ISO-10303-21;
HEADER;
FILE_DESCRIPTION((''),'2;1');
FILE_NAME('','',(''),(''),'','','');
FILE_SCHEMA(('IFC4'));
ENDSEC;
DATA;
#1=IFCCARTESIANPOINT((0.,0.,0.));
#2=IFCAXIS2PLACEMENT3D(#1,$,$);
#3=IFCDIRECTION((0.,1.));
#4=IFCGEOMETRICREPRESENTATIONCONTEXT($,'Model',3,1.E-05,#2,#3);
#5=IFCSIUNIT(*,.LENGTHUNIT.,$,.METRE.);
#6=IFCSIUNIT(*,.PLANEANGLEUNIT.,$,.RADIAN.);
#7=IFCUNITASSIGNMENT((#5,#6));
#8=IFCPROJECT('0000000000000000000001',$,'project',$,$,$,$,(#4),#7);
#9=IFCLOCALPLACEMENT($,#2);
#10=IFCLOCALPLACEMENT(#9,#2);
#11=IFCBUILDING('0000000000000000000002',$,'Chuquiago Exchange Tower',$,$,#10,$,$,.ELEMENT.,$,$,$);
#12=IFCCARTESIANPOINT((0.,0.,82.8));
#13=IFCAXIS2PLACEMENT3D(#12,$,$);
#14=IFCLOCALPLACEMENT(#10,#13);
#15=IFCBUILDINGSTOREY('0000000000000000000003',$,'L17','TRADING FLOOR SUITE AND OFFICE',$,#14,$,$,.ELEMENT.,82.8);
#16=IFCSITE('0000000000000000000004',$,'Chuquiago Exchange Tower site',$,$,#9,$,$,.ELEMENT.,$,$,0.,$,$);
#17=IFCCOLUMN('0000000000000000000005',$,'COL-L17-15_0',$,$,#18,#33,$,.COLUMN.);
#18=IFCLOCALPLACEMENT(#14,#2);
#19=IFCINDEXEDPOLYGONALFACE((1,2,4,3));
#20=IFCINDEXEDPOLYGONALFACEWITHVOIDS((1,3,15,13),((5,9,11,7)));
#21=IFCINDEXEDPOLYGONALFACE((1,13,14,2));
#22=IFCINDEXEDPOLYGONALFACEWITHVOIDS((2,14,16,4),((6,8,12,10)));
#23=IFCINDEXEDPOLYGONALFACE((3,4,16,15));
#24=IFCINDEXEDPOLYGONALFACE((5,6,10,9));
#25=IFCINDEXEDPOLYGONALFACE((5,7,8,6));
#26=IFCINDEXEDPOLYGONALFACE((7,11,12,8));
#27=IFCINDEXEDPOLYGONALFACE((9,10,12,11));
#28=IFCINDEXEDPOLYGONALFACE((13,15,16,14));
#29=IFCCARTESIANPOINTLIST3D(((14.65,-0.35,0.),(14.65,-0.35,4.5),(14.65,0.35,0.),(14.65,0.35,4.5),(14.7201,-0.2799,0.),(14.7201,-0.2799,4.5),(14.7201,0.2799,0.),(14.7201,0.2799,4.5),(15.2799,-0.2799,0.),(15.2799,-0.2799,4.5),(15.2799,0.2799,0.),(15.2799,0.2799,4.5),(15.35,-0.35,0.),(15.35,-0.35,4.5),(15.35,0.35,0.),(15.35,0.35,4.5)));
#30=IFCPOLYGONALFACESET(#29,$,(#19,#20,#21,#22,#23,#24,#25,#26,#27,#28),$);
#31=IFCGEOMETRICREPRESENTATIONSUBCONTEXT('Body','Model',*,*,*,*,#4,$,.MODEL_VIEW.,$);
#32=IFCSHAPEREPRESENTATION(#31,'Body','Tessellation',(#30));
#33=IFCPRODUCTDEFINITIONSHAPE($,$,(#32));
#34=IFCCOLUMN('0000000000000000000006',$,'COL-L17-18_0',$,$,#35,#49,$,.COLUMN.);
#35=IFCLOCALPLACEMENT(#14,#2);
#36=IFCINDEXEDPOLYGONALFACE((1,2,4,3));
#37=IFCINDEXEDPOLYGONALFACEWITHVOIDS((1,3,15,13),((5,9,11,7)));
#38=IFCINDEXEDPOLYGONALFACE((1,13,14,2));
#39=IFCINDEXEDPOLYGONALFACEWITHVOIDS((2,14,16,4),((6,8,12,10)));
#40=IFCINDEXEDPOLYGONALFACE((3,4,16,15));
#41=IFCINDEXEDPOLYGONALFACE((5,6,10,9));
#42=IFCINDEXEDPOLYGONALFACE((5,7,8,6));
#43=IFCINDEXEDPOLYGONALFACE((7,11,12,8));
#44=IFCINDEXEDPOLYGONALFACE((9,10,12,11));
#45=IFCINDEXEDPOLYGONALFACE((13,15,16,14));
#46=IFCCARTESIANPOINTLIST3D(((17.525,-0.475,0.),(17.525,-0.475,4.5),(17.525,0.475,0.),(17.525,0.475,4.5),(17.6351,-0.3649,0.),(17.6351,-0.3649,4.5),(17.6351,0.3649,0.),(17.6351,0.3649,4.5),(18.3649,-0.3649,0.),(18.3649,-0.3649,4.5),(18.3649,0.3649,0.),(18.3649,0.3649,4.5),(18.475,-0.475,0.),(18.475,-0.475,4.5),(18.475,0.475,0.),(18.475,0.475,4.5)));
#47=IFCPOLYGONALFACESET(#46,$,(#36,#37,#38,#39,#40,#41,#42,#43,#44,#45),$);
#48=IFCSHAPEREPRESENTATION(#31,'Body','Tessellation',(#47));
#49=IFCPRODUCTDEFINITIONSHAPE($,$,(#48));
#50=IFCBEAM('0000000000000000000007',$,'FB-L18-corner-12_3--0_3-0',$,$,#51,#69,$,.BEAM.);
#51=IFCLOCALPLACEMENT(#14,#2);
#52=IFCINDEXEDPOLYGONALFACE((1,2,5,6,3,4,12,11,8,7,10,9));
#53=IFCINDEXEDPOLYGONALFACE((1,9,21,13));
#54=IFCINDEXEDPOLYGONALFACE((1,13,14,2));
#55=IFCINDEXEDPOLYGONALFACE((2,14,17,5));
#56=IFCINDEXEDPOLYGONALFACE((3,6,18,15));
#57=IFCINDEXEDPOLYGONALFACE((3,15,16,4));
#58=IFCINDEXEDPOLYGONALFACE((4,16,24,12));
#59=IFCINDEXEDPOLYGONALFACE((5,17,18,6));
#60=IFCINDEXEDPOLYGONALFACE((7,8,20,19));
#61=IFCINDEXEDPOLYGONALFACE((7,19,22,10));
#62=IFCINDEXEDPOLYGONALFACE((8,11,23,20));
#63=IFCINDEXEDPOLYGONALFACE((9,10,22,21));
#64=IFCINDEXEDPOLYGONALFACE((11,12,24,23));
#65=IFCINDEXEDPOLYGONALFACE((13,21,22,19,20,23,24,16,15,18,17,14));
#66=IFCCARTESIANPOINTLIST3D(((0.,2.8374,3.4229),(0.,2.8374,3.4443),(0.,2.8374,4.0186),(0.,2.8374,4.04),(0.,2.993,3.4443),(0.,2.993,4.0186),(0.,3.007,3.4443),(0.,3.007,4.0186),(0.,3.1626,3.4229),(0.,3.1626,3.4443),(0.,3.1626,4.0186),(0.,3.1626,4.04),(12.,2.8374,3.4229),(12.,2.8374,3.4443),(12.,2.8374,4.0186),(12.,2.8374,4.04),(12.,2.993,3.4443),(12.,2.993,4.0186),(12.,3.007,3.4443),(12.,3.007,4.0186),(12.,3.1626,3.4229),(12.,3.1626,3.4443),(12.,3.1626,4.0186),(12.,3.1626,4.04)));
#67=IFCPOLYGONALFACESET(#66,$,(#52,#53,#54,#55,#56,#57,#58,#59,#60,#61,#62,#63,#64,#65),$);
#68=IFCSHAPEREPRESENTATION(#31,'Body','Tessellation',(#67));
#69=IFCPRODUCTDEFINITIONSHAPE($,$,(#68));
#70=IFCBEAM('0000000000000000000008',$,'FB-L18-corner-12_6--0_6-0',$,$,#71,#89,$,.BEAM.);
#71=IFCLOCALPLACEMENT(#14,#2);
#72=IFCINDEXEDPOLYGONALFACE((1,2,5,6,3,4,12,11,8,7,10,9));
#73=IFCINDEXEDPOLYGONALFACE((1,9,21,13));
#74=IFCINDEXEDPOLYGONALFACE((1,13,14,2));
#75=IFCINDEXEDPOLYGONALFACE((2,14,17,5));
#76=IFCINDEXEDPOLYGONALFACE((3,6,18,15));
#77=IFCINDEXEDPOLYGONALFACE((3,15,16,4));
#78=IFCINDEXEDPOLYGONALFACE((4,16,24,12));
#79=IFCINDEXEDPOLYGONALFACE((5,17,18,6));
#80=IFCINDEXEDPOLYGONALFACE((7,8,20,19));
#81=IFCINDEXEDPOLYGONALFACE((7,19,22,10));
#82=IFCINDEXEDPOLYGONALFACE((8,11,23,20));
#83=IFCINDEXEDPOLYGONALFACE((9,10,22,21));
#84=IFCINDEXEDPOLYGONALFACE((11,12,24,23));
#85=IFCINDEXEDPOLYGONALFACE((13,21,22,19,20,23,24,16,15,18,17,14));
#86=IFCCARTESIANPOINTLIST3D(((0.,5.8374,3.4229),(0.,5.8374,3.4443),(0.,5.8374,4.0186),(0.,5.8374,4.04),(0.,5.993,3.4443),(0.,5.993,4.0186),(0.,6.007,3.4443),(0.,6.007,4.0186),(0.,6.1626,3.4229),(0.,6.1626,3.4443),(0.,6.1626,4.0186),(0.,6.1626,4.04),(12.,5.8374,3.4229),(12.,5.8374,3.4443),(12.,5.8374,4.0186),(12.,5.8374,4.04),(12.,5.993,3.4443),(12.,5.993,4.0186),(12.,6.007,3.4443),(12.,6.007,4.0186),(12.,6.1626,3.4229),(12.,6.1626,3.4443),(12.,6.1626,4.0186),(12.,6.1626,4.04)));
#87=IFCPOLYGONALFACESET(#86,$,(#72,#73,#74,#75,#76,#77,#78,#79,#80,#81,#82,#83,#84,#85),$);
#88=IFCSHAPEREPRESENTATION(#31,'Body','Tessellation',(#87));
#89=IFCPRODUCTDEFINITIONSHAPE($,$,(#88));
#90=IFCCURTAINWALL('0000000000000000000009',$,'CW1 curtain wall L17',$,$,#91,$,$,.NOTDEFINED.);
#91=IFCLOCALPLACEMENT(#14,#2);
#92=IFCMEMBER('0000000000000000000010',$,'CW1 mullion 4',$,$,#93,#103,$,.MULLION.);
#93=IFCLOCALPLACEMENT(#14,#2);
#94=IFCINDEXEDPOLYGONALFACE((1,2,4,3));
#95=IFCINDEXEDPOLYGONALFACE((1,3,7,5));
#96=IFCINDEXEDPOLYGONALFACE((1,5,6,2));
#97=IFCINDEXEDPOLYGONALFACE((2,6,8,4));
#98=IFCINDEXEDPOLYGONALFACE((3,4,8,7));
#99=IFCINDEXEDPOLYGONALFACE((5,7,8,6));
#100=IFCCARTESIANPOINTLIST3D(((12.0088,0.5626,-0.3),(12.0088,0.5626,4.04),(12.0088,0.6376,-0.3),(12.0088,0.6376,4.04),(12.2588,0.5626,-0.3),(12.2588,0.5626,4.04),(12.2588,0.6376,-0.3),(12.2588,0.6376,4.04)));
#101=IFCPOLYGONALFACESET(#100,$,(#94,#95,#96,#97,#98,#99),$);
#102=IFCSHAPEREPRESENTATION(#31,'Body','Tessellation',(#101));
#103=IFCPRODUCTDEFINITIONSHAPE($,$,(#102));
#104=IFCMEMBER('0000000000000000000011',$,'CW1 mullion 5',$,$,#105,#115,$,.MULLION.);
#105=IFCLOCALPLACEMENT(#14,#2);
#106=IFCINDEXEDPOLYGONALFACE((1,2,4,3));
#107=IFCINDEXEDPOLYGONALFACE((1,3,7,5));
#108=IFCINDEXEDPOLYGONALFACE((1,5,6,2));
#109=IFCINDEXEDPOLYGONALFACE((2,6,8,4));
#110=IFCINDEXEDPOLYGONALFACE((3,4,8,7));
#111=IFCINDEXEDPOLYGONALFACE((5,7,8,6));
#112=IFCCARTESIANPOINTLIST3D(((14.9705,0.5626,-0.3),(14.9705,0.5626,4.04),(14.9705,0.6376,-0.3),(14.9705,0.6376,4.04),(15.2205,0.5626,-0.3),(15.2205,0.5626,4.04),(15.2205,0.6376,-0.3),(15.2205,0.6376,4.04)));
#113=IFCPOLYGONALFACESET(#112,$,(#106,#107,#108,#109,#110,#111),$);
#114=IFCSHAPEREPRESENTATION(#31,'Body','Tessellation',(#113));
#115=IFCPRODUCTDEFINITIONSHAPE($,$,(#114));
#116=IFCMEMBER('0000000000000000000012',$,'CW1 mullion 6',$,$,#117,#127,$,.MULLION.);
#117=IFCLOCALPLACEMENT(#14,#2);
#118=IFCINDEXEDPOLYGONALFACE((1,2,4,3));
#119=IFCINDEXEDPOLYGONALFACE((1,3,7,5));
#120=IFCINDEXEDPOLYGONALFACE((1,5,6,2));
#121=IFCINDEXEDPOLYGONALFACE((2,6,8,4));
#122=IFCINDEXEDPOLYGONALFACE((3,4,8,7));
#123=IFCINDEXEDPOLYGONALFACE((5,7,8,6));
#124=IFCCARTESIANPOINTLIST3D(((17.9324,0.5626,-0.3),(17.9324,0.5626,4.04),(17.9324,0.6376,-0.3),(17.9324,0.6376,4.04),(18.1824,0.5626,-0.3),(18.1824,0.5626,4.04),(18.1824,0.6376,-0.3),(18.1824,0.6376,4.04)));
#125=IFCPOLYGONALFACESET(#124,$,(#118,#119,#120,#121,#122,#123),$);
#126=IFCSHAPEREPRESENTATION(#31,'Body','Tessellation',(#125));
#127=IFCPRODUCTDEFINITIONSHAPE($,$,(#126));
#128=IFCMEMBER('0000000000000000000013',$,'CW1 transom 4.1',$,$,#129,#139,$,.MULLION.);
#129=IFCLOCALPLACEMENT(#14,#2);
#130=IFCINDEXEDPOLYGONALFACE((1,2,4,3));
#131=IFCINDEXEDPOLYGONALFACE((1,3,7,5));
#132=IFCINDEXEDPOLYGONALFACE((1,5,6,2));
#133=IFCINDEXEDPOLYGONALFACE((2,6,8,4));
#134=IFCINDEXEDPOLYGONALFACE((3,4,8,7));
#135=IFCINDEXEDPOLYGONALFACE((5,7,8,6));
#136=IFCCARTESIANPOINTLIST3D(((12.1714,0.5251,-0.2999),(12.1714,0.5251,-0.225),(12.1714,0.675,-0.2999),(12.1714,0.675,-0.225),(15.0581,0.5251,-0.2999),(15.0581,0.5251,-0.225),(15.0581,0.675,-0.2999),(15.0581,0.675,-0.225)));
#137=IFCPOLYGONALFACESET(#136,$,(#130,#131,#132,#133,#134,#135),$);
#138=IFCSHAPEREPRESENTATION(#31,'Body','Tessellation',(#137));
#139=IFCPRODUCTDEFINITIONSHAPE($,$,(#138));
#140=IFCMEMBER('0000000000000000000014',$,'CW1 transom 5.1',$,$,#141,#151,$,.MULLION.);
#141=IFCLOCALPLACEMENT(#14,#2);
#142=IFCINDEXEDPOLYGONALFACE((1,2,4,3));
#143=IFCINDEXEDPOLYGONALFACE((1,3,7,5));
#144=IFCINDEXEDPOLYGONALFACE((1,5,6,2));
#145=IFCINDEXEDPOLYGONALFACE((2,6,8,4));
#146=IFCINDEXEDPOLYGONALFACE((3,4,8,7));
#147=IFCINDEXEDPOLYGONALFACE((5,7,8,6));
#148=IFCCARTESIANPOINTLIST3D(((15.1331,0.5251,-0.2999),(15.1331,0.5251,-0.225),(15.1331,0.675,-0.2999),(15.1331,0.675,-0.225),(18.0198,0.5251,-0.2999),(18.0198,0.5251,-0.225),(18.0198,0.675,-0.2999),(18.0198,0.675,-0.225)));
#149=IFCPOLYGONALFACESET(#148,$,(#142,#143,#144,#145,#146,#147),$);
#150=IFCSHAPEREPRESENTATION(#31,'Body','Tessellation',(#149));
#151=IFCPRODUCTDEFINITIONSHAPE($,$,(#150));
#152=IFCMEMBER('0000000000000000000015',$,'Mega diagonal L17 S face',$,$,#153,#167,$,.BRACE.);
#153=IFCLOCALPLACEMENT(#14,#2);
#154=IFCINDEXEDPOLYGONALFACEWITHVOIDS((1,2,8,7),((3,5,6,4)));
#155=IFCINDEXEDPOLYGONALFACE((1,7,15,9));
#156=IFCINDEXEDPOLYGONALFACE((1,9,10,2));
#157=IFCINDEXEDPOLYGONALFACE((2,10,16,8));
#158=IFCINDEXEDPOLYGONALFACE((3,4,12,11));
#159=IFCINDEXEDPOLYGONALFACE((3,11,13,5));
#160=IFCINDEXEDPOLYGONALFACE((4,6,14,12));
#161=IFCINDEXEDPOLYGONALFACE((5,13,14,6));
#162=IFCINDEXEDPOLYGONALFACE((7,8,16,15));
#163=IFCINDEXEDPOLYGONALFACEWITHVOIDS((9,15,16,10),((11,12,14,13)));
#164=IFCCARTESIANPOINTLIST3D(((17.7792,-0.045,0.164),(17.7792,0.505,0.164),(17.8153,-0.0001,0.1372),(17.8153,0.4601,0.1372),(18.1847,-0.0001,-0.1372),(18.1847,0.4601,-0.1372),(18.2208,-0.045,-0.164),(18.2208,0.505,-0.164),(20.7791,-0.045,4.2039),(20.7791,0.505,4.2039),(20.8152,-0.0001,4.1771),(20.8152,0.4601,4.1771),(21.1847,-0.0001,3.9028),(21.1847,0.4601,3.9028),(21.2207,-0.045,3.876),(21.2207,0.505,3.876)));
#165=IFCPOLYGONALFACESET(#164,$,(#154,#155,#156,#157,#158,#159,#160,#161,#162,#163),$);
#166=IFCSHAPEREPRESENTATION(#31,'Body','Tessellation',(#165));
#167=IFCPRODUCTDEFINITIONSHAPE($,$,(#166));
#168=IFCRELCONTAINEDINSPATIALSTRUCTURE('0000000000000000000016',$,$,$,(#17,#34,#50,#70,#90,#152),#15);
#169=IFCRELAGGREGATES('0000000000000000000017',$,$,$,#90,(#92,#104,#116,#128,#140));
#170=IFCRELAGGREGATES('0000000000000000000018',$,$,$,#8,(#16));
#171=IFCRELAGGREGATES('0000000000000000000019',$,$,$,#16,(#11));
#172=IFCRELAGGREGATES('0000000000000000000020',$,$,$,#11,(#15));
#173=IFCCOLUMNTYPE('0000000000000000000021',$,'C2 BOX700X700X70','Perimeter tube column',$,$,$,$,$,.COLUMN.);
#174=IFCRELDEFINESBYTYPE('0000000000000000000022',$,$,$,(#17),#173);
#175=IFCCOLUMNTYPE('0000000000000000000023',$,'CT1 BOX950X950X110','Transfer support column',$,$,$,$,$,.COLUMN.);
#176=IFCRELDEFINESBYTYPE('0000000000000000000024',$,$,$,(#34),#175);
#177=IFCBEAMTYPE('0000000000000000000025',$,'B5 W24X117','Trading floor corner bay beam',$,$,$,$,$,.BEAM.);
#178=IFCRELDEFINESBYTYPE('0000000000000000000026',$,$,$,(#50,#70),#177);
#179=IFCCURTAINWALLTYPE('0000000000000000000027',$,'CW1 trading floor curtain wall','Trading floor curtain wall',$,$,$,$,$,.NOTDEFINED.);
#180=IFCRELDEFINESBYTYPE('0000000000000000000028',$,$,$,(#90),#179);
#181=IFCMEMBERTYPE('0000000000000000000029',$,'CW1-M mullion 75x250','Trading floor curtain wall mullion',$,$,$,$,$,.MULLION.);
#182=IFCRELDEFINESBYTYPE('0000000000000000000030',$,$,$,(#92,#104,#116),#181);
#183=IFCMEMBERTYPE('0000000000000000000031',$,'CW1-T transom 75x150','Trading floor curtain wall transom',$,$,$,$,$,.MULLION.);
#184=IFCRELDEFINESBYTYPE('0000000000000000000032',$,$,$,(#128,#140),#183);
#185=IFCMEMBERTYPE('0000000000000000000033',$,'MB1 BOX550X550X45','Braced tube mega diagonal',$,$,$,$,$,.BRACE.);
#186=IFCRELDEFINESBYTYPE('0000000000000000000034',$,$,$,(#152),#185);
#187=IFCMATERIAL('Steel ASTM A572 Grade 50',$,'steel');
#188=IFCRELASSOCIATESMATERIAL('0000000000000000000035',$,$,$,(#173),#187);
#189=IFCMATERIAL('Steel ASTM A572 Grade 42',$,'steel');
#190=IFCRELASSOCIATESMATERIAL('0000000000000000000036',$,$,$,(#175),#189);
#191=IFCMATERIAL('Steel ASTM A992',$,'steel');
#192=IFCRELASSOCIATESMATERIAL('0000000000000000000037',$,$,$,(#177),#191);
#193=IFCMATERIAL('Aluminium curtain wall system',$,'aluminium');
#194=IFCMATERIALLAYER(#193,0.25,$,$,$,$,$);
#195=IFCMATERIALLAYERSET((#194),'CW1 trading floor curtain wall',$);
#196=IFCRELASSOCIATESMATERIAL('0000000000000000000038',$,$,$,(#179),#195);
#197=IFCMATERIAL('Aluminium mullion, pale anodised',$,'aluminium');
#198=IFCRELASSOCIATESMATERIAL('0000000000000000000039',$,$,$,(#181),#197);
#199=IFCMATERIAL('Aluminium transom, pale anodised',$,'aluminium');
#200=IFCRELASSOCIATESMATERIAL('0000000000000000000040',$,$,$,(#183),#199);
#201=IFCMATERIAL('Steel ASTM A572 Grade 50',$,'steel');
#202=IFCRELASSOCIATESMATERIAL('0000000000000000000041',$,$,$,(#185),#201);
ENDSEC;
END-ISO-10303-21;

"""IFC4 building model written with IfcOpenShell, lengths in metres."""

from ifc_helpers import new_model, si_unit, direction, frame, origin, origin_2d, place, context, subcontext, project, spatial, rectangle, hollow_rectangle, i_section, extrude, material, layer, layer_set, material_profile, profile_set, type_object, element, aggregate, save


model = new_model("IFC4")

# Units and contexts
model_context = context("Model", 3, precision=1e-05, world=origin(), true_north=direction((0.0, 1.0)))
body_context = subcontext(model_context, "Body", "Model", "MODEL_VIEW")
ifc_project = project(units=[si_unit("LENGTHUNIT", "METRE"), si_unit("PLANEANGLEUNIT", "RADIAN")], contexts=[model_context])

# Site, building, storey
site_placement = place(None, origin())
site = spatial("IfcSite", under=ifc_project, at=site_placement, Name="Chuquiago Exchange Tower site", CompositionType="ELEMENT", RefElevation=0.0)
building_placement = place(site_placement, origin())
building = spatial("IfcBuilding", under=site, at=building_placement, Name="Chuquiago Exchange Tower", CompositionType="ELEMENT")
storey_placement = place(building_placement, frame((0.0, 0.0, 82.8)))
storey = spatial("IfcBuildingStorey", under=building, at=storey_placement, Name="L17", Description="TRADING FLOOR SUITE AND OFFICE", CompositionType="ELEMENT", Elevation=82.8)

# Columns
ifc_material_1 = material(Name="Steel ASTM A572 Grade 50", Category="steel")
ifc_material_profile_1 = material_profile(ifc_material_1, hollow_rectangle(XDim=0.7, YDim=0.7, WallThickness=0.0701, at=origin_2d()), Name="BOX700X700X70")
ifc_profile_set_1 = profile_set([ifc_material_profile_1], Name="Steel ASTM A572 Grade 50")
column_type_1 = type_object("IfcColumnType", Name="C2 BOX700X700X70", Description="Perimeter tube column", PredefinedType="COLUMN", material=ifc_profile_set_1)
column_1_placement = place(storey_placement, frame((15.0, 0.0, 0.0), z_axis=(0.0, 0.0, 1.0), x_axis=(0.0, -1.0, 0.0)))
element("IfcColumn", 1, at=column_1_placement, inside=storey, type_object=column_type_1, Name="COL-L17-15_0", PredefinedType="COLUMN", context=body_context, shape_type="SweptSolid", body=[
    extrude(hollow_rectangle(XDim=0.7, YDim=0.7, WallThickness=0.0701, at=origin_2d()), origin(), (0.0, 0.0, 1.0), 4.5),
])
ifc_material_2 = material(Name="Steel ASTM A572 Grade 42", Category="steel")
ifc_material_profile_2 = material_profile(ifc_material_2, hollow_rectangle(XDim=0.95, YDim=0.95, WallThickness=0.1101, at=origin_2d()), Name="BOX950X950X110")
ifc_profile_set_2 = profile_set([ifc_material_profile_2], Name="Steel ASTM A572 Grade 42")
column_type_2 = type_object("IfcColumnType", Name="CT1 BOX950X950X110", Description="Transfer support column", PredefinedType="COLUMN", material=ifc_profile_set_2)
column_2_placement = place(storey_placement, frame((18.0, 0.0, 0.0), z_axis=(0.0, 0.0, 1.0), x_axis=(0.0, -1.0, 0.0)))
element("IfcColumn", 2, at=column_2_placement, inside=storey, type_object=column_type_2, Name="COL-L17-18_0", PredefinedType="COLUMN", context=body_context, shape_type="SweptSolid", body=[
    extrude(hollow_rectangle(XDim=0.95, YDim=0.95, WallThickness=0.1101, at=origin_2d()), origin(), (0.0, 0.0, 1.0), 4.5),
])

# Beams
ifc_material_3 = material(Name="Steel ASTM A992", Category="steel")
ifc_material_profile_3 = material_profile(ifc_material_3, i_section(OverallWidth=0.3252, OverallDepth=0.6172, WebThickness=0.0139, FlangeThickness=0.0215, at=origin_2d()), Name="W24X117")
ifc_profile_set_3 = profile_set([ifc_material_profile_3], Name="Steel ASTM A992")
beam_type_1 = type_object("IfcBeamType", Name="B5 W24X117", Description="Trading floor corner bay beam", PredefinedType="BEAM", material=ifc_profile_set_3)
for number, where, z_axis, x_axis, name in (
    (3, (12.0, 3.0, 3.7314), (-1.0, 0.0, 0.0), (0.0, -1.0, 0.0), "FB-L18-corner-12_3--0_3-0"),
    (4, (12.0, 6.0, 3.7314), (-1.0, 0.0, 0.0), (0.0, -1.0, 0.0), "FB-L18-corner-12_6--0_6-0"),
):
    element("IfcBeam", number, at=place(storey_placement, frame(where, z_axis=z_axis, x_axis=x_axis)), inside=storey, type_object=beam_type_1, Name=name, PredefinedType="BEAM", context=body_context, shape_type="SweptSolid", body=[
        extrude(i_section(OverallWidth=0.3252, OverallDepth=0.6172, WebThickness=0.0139, FlangeThickness=0.0215, at=origin_2d()), origin(), (0.0, 0.0, 1.0), 12.0),
    ])

# Curtain wall, members
ifc_material_4 = material(Name="Aluminium curtain wall system", Category="aluminium")
ifc_layer_1 = layer(ifc_material_4, 0.25)
ifc_layer_set_1 = layer_set([ifc_layer_1], Name="CW1 trading floor curtain wall")
curtain_wall_type = type_object("IfcCurtainWallType", Name="CW1 trading floor curtain wall", Description="Trading floor curtain wall", PredefinedType="NOTDEFINED", material=ifc_layer_set_1)
curtain_wall_placement = place(storey_placement, origin())
curtain_wall = element("IfcCurtainWall", 5, at=curtain_wall_placement, inside=storey, type_object=curtain_wall_type, Name="CW1 curtain wall L17", PredefinedType="NOTDEFINED")
ifc_material_5 = material(Name="Aluminium mullion, pale anodised", Category="aluminium")
ifc_material_profile_4 = material_profile(ifc_material_5, rectangle(XDim=0.075, YDim=0.25, at=origin_2d()), Name="AL 75x250")
ifc_profile_set_4 = profile_set([ifc_material_profile_4], Name="Aluminium mullion, pale anodised")
member_type_1 = type_object("IfcMemberType", Name="CW1-M mullion 75x250", Description="Trading floor curtain wall mullion", PredefinedType="MULLION", material=ifc_profile_set_4)
member_1_placement = place(storey_placement, frame((12.1338, 0.6001, -0.3), z_axis=(0.0, 0.0, 1.0), x_axis=(0.0, 1.0, 0.0)))
member_1 = element("IfcMember", 6, at=member_1_placement, type_object=member_type_1, Name="CW1 mullion 4", PredefinedType="MULLION", context=body_context, shape_type="SweptSolid", body=[
    extrude(rectangle(XDim=0.075, YDim=0.25, at=origin_2d()), origin(), (0.0, 0.0, 1.0), 4.3401),
])
member_2_placement = place(storey_placement, frame((15.0955, 0.6001, -0.3), z_axis=(0.0, 0.0, 1.0), x_axis=(0.0, 1.0, 0.0)))
member_2 = element("IfcMember", 7, at=member_2_placement, type_object=member_type_1, Name="CW1 mullion 5", PredefinedType="MULLION", context=body_context, shape_type="SweptSolid", body=[
    extrude(rectangle(XDim=0.075, YDim=0.25, at=origin_2d()), origin(), (0.0, 0.0, 1.0), 4.3401),
])
member_3_placement = place(storey_placement, frame((18.0574, 0.6001, -0.3), z_axis=(0.0, 0.0, 1.0), x_axis=(0.0, 1.0, 0.0)))
member_3 = element("IfcMember", 8, at=member_3_placement, type_object=member_type_1, Name="CW1 mullion 6", PredefinedType="MULLION", context=body_context, shape_type="SweptSolid", body=[
    extrude(rectangle(XDim=0.075, YDim=0.25, at=origin_2d()), origin(), (0.0, 0.0, 1.0), 4.3401),
])
ifc_material_6 = material(Name="Aluminium transom, pale anodised", Category="aluminium")
ifc_material_profile_5 = material_profile(ifc_material_6, rectangle(XDim=0.1499, YDim=0.075, at=origin_2d()), Name="AL 150x75")
ifc_profile_set_5 = profile_set([ifc_material_profile_5], Name="Aluminium transom, pale anodised")
member_type_2 = type_object("IfcMemberType", Name="CW1-T transom 75x150", Description="Trading floor curtain wall transom", PredefinedType="MULLION", material=ifc_profile_set_5)
member_4_placement = place(storey_placement, frame((12.1714, 0.6001, -0.2625), z_axis=(1.0, 0.0, 0.0), x_axis=(0.0, 1.0, 0.0)))
member_4 = element("IfcMember", 9, at=member_4_placement, type_object=member_type_2, Name="CW1 transom 4.1", PredefinedType="MULLION", context=body_context, shape_type="SweptSolid", body=[
    extrude(rectangle(XDim=0.1499, YDim=0.075, at=origin_2d()), origin(), (0.0, 0.0, 1.0), 2.8867),
])
member_5_placement = place(storey_placement, frame((15.1331, 0.6001, -0.2625), z_axis=(1.0, 0.0, 0.0), x_axis=(0.0, 1.0, 0.0)))
member_5 = element("IfcMember", 10, at=member_5_placement, type_object=member_type_2, Name="CW1 transom 5.1", PredefinedType="MULLION", context=body_context, shape_type="SweptSolid", body=[
    extrude(rectangle(XDim=0.1499, YDim=0.075, at=origin_2d()), origin(), (0.0, 0.0, 1.0), 2.8867),
])

# Member
ifc_material_7 = material(Name="Steel ASTM A572 Grade 50", Category="steel")
ifc_material_profile_6 = material_profile(ifc_material_7, hollow_rectangle(XDim=0.55, YDim=0.55, WallThickness=0.0449, at=origin_2d()), Name="BOX550X550X45")
ifc_profile_set_6 = profile_set([ifc_material_profile_6], Name="Steel ASTM A572 Grade 50")
member_type_3 = type_object("IfcMemberType", Name="MB1 BOX550X550X45", Description="Braced tube mega diagonal", PredefinedType="BRACE", material=ifc_profile_set_6)
member_6_placement = place(storey_placement, frame((18.0, 0.23, 0.0), z_axis=(0.596174, 0.0, 0.802855), x_axis=(0.0, 1.0, 0.0)))
element("IfcMember", 11, at=member_6_placement, inside=storey, type_object=member_type_3, Name="Mega diagonal L17 S face", PredefinedType="BRACE", context=body_context, shape_type="SweptSolid", body=[
    extrude(hollow_rectangle(XDim=0.55, YDim=0.55, WallThickness=0.0449, at=origin_2d()), origin(), (0.0, 0.0, 1.0), 5.032),
])

aggregate(curtain_wall, [member_1, member_2, member_3, member_4, member_5])

save(model, "model.ifc")
